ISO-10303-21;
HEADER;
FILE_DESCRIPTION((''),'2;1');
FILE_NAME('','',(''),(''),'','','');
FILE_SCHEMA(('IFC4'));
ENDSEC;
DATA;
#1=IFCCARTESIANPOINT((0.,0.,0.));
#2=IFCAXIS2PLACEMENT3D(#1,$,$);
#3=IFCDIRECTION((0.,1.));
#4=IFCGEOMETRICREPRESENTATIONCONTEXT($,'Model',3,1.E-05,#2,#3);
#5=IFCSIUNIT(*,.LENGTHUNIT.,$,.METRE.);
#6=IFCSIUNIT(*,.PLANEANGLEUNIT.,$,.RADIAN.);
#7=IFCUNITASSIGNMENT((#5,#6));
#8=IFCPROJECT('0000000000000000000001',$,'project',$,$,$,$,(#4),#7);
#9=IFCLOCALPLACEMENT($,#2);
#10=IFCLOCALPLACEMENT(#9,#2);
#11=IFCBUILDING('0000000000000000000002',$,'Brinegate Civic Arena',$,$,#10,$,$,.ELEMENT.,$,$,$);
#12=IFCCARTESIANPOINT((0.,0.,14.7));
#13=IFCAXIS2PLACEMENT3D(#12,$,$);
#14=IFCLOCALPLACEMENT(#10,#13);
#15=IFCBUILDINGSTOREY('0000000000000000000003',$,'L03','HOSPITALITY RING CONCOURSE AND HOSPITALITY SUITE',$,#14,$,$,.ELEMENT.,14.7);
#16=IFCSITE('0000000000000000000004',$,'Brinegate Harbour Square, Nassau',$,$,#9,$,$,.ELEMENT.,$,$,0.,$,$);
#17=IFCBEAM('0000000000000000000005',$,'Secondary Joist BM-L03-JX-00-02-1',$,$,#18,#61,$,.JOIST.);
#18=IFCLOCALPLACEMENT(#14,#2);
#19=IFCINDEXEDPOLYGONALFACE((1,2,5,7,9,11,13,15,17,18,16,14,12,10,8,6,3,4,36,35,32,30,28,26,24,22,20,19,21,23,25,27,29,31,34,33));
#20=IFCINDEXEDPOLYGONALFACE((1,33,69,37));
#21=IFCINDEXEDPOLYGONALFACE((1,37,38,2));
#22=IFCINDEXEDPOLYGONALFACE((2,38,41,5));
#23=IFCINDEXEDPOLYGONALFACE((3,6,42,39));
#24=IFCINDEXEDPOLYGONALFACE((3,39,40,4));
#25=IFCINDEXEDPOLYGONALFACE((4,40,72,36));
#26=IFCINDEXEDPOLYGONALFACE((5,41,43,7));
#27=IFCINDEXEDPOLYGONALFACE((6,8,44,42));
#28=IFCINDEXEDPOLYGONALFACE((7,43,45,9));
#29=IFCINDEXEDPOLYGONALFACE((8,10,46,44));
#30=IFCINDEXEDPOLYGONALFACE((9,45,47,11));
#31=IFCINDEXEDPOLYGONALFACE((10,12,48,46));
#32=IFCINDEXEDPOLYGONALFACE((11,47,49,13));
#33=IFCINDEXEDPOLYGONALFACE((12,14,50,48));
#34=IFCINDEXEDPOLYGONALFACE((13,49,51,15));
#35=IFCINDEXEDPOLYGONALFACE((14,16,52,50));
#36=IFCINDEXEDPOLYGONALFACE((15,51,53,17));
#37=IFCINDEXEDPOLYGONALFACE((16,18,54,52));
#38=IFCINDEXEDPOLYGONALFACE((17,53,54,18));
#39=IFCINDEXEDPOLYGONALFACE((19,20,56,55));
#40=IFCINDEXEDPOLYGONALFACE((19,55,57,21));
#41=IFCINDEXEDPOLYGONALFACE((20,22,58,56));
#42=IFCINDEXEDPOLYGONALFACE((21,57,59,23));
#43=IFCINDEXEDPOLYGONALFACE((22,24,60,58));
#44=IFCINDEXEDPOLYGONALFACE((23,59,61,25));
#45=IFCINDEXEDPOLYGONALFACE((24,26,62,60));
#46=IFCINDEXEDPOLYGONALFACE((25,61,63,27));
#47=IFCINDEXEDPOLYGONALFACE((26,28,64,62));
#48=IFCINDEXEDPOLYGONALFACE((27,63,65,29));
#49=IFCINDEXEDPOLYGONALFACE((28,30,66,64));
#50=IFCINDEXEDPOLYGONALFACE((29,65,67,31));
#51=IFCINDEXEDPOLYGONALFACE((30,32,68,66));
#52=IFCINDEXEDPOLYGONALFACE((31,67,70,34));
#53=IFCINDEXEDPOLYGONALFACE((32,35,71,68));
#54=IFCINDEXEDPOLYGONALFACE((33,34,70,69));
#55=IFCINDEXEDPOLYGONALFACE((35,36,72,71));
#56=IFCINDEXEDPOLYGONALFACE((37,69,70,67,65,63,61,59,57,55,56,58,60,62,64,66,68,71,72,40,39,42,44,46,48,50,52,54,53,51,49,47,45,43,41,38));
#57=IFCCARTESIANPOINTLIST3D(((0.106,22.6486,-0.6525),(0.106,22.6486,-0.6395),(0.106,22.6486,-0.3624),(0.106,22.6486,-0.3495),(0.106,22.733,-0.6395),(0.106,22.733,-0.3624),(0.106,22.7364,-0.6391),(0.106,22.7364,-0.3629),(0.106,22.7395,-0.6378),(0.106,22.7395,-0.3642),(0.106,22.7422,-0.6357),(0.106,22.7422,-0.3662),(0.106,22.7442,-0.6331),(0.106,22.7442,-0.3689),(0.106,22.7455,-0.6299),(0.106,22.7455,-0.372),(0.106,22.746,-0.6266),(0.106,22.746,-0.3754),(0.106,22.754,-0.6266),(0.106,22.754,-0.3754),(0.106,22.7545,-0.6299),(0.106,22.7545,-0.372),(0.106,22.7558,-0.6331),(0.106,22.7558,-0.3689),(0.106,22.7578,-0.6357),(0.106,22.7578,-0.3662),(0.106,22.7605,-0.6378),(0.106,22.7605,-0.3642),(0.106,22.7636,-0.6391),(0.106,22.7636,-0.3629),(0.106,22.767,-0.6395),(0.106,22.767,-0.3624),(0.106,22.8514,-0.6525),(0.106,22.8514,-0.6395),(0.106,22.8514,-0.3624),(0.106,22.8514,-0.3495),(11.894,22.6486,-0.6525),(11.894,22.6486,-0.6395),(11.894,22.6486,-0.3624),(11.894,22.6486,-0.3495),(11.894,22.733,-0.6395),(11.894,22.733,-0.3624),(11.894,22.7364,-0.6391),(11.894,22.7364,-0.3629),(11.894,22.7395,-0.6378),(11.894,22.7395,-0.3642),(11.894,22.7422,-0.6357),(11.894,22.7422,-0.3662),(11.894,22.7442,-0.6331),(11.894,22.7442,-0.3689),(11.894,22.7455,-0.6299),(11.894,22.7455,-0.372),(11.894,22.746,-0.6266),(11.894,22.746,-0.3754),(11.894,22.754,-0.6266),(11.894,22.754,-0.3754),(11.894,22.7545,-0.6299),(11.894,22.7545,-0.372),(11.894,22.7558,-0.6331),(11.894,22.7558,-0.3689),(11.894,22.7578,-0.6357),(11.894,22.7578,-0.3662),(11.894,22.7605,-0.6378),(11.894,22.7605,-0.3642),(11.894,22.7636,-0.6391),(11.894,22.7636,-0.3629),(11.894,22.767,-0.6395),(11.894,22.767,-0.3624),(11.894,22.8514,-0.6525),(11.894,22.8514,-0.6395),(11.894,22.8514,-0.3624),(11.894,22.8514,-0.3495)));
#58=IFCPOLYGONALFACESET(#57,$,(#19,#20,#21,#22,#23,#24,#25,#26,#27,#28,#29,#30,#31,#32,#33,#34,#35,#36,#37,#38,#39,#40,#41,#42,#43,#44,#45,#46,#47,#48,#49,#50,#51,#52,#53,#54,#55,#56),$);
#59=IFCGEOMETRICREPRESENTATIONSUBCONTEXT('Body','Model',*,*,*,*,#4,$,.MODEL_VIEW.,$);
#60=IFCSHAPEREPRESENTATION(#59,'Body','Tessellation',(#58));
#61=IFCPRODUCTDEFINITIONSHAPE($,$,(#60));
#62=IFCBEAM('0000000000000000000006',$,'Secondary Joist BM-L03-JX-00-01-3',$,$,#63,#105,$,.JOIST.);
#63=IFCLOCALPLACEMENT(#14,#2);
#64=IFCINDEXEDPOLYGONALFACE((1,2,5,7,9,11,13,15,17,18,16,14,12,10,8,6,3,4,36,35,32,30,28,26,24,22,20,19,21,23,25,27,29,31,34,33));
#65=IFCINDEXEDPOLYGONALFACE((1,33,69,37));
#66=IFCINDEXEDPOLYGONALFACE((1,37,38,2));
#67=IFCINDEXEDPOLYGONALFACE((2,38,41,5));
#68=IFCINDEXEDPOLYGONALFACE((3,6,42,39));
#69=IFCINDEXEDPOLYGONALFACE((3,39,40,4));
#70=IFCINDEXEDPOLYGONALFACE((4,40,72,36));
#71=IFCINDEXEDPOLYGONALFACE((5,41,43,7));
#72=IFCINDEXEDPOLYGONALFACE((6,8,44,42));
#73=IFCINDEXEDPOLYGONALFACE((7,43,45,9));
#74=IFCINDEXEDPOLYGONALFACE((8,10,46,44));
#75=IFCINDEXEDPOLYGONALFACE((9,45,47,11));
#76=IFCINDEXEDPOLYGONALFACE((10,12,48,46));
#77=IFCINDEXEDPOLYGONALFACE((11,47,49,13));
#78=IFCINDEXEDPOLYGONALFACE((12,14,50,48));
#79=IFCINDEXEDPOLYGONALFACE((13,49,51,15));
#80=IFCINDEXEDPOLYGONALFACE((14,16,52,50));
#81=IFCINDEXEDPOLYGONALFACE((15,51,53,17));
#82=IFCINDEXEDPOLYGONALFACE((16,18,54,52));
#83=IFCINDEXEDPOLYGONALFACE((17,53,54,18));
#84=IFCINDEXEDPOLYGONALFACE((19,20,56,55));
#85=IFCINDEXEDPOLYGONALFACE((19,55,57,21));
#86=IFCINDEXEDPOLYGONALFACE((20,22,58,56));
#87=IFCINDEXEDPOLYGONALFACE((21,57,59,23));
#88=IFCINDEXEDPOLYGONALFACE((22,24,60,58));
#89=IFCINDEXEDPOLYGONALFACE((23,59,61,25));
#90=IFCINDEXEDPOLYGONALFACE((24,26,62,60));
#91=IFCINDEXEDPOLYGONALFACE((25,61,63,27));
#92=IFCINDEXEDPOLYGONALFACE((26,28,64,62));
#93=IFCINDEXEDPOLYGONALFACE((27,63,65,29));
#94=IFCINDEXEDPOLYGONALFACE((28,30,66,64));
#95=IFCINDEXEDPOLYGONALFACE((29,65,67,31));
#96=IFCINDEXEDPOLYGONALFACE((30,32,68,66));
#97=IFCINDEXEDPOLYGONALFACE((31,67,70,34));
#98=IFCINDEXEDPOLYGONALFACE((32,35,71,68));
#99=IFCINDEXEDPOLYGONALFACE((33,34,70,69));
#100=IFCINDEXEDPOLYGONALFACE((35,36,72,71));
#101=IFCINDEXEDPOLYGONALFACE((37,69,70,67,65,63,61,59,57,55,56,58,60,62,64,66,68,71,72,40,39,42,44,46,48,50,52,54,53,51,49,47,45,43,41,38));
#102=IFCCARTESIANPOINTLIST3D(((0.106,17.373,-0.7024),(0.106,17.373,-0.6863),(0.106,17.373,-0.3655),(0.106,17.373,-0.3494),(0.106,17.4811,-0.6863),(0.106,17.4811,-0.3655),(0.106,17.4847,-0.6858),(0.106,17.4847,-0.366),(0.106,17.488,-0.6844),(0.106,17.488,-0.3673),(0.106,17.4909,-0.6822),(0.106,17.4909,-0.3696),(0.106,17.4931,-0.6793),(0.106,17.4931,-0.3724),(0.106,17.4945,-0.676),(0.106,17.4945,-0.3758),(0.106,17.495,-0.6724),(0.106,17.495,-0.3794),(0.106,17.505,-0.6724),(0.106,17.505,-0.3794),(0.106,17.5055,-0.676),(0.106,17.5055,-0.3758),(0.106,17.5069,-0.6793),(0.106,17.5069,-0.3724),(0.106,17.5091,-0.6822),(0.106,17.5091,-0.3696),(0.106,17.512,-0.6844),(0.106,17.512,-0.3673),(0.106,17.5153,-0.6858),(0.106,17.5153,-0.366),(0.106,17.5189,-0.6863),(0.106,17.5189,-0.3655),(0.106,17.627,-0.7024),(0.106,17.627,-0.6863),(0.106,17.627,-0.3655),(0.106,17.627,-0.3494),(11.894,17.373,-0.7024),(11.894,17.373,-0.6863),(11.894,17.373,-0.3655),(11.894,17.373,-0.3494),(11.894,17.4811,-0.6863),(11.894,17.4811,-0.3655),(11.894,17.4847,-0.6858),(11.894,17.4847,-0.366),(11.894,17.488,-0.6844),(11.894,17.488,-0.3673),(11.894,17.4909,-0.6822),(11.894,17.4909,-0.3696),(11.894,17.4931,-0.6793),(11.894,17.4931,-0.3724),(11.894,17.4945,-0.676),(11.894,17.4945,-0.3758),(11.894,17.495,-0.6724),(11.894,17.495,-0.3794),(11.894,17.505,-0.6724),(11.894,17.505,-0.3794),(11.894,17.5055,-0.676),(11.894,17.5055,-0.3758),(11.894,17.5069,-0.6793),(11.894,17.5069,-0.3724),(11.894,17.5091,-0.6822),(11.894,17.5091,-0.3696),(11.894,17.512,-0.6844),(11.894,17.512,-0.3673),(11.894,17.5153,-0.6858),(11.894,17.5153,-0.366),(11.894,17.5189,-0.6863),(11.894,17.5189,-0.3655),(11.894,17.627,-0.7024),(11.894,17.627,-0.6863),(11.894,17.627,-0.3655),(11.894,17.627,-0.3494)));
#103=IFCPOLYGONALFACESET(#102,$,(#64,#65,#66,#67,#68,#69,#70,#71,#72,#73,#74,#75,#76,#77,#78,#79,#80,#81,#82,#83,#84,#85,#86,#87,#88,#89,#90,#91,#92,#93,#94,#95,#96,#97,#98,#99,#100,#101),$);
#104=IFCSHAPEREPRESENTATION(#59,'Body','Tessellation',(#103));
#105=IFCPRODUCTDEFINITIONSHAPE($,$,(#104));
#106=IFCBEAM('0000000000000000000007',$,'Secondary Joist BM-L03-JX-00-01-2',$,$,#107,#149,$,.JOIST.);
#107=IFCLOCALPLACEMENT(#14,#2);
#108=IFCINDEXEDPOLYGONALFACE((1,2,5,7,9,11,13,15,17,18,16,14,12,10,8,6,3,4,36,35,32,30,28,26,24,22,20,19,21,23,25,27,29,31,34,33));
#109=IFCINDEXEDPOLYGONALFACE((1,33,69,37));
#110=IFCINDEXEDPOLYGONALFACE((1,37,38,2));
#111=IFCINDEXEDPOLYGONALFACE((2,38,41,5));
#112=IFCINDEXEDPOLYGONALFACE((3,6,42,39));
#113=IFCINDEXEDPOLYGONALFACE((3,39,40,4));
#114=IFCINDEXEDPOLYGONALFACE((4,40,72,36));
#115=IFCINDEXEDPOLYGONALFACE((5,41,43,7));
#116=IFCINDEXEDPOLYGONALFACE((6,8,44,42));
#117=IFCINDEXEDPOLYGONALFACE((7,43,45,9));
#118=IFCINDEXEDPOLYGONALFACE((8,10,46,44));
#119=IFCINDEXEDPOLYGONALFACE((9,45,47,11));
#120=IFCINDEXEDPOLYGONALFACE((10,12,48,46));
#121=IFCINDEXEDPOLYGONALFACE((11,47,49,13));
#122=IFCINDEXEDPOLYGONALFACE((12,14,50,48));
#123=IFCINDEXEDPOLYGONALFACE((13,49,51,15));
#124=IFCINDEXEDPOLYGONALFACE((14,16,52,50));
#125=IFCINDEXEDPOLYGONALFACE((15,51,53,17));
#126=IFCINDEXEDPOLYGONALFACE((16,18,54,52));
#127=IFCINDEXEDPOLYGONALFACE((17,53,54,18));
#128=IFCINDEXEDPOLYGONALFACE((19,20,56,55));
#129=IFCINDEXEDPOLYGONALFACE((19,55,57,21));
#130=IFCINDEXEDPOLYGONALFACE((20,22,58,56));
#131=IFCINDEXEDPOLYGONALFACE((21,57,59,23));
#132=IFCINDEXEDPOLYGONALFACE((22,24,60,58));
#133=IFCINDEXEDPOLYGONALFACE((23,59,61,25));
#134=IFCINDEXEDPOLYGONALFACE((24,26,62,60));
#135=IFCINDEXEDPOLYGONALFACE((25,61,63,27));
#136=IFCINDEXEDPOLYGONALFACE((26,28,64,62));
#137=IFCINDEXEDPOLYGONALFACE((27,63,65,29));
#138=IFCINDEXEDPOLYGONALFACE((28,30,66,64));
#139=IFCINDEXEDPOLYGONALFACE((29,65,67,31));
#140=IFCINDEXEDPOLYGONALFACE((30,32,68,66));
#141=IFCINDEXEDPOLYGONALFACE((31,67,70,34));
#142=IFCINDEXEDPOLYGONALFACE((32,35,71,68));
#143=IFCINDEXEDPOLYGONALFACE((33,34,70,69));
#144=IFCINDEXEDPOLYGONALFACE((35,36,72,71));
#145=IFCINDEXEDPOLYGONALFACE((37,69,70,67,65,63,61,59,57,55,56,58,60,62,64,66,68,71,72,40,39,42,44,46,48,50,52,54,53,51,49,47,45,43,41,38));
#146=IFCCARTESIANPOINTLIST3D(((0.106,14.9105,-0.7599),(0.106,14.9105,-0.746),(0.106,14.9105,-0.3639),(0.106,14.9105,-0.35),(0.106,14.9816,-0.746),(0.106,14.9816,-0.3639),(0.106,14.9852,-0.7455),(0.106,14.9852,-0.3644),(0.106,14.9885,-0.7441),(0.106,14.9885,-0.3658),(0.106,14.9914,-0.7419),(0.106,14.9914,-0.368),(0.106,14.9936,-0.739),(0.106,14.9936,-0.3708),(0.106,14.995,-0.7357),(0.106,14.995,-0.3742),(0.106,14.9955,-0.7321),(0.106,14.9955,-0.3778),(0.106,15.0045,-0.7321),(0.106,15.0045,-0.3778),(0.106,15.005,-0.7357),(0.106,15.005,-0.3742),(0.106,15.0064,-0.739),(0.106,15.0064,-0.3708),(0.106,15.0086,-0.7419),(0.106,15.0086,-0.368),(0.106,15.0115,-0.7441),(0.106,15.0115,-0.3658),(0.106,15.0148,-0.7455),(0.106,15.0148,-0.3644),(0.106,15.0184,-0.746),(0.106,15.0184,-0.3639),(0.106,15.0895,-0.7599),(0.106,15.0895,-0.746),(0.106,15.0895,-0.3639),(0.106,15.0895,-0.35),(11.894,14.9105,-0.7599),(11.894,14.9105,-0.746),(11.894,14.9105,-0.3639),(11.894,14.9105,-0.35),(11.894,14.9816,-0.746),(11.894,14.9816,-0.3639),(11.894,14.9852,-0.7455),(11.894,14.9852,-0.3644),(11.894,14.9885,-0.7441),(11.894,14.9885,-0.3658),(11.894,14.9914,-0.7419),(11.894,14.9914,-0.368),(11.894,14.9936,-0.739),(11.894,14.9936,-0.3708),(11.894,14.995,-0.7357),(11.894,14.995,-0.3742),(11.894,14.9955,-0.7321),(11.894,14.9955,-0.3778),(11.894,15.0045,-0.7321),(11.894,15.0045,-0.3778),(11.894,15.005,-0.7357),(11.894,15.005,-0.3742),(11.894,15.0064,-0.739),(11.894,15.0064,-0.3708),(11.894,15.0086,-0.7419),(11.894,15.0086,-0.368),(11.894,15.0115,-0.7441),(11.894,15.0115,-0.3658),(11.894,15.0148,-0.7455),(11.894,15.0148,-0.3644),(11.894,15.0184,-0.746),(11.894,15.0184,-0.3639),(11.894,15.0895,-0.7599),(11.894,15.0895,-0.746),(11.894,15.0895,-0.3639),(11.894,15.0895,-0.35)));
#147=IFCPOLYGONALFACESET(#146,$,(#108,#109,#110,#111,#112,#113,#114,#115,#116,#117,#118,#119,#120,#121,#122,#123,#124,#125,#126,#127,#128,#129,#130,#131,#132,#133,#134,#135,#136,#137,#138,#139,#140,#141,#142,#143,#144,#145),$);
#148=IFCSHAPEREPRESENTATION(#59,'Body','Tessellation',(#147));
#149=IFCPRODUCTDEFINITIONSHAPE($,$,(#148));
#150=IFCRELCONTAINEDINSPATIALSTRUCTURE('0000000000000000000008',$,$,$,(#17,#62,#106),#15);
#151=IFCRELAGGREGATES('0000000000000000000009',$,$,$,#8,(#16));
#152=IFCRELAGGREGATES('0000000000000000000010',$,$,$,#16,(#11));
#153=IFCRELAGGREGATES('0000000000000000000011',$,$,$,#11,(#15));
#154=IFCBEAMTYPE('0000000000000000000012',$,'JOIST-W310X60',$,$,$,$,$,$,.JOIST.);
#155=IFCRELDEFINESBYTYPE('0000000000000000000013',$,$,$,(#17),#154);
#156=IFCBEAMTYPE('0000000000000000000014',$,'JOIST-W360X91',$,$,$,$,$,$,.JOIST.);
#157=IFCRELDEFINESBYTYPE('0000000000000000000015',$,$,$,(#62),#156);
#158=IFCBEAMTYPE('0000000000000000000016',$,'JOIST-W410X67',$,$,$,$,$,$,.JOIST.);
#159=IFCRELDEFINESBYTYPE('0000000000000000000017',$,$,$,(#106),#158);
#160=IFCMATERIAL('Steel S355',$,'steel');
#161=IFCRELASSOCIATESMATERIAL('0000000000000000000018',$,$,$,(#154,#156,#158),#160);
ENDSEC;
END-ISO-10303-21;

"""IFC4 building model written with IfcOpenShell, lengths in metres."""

from ifc_helpers import new_model, si_unit, direction, frame, origin, origin_2d, place, context, subcontext, project, spatial, i_section, extrude, material, material_profile, profile_set, type_object, element, save


model = new_model("IFC4")

# Units and contexts
model_context = context("Model", 3, precision=1e-05, world=origin(), true_north=direction((0.0, 1.0)))
body_context = subcontext(model_context, "Body", "Model", "MODEL_VIEW")
ifc_project = project(units=[si_unit("LENGTHUNIT", "METRE"), si_unit("PLANEANGLEUNIT", "RADIAN")], contexts=[model_context])

# Site, building, storey
site_placement = place(None, origin())
site = spatial("IfcSite", under=ifc_project, at=site_placement, Name="Brinegate Harbour Square, Nassau", CompositionType="ELEMENT", RefElevation=0.0)
building_placement = place(site_placement, origin())
building = spatial("IfcBuilding", under=site, at=building_placement, Name="Brinegate Civic Arena", CompositionType="ELEMENT")
storey_placement = place(building_placement, frame((0.0, 0.0, 14.7)))
storey = spatial("IfcBuildingStorey", under=building, at=storey_placement, Name="L03", Description="HOSPITALITY RING CONCOURSE AND HOSPITALITY SUITE", CompositionType="ELEMENT", Elevation=14.7)

# Beams
ifc_material_1 = material(Name="Steel S355", Category="steel")
ifc_material_profile_1 = material_profile(ifc_material_1, i_section(OverallWidth=0.2029, OverallDepth=0.303, WebThickness=0.0081, FlangeThickness=0.0129, FilletRadius=0.0129, at=origin_2d()), Name="W310X60")
ifc_profile_set_1 = profile_set([ifc_material_profile_1], Name="Steel S355")
beam_type_1 = type_object("IfcBeamType", Name="JOIST-W310X60", PredefinedType="JOIST", material=ifc_profile_set_1)
beam_1_placement = place(storey_placement, frame((0.106, 22.75, -0.501), z_axis=(1.0, 0.0, 0.0), x_axis=(0.0, 1.0, 0.0)))
element("IfcBeam", 1, at=beam_1_placement, inside=storey, type_object=beam_type_1, Name="Secondary Joist BM-L03-JX-00-02-1", PredefinedType="JOIST", context=body_context, shape_type="SweptSolid", body=[
    extrude(i_section(OverallWidth=0.2029, OverallDepth=0.303, WebThickness=0.0081, FlangeThickness=0.0129, FilletRadius=0.0129, at=origin_2d()), origin(), (0.0, 0.0, 1.0), 11.7881),
])
ifc_material_profile_2 = material_profile(ifc_material_1, i_section(OverallWidth=0.2539, OverallDepth=0.353, WebThickness=0.01, FlangeThickness=0.0161, FilletRadius=0.0139, at=origin_2d()), Name="W360X91")
ifc_profile_set_2 = profile_set([ifc_material_profile_2], Name="Steel S355")
beam_type_2 = type_object("IfcBeamType", Name="JOIST-W360X91", PredefinedType="JOIST", material=ifc_profile_set_2)
beam_2_placement = place(storey_placement, frame((0.106, 17.5, -0.5259), z_axis=(1.0, 0.0, 0.0), x_axis=(0.0, 1.0, 0.0)))
element("IfcBeam", 2, at=beam_2_placement, inside=storey, type_object=beam_type_2, Name="Secondary Joist BM-L03-JX-00-01-3", PredefinedType="JOIST", context=body_context, shape_type="SweptSolid", body=[
    extrude(i_section(OverallWidth=0.2539, OverallDepth=0.353, WebThickness=0.01, FlangeThickness=0.0161, FilletRadius=0.0139, at=origin_2d()), origin(), (0.0, 0.0, 1.0), 11.7881),
])
ifc_material_profile_3 = material_profile(ifc_material_1, i_section(OverallWidth=0.179, OverallDepth=0.4099, WebThickness=0.009, FlangeThickness=0.0139, FilletRadius=0.0139, at=origin_2d()), Name="W410X67")
ifc_profile_set_3 = profile_set([ifc_material_profile_3], Name="Steel S355")
beam_type_3 = type_object("IfcBeamType", Name="JOIST-W410X67", PredefinedType="JOIST", material=ifc_profile_set_3)
beam_3_placement = place(storey_placement, frame((0.106, 15.0, -0.5549), z_axis=(1.0, 0.0, 0.0), x_axis=(0.0, 1.0, 0.0)))
element("IfcBeam", 3, at=beam_3_placement, inside=storey, type_object=beam_type_3, Name="Secondary Joist BM-L03-JX-00-01-2", PredefinedType="JOIST", context=body_context, shape_type="SweptSolid", body=[
    extrude(i_section(OverallWidth=0.179, OverallDepth=0.4099, WebThickness=0.009, FlangeThickness=0.0139, FilletRadius=0.0139, at=origin_2d()), origin(), (0.0, 0.0, 1.0), 11.7881),
])

save(model, "model.ifc")
